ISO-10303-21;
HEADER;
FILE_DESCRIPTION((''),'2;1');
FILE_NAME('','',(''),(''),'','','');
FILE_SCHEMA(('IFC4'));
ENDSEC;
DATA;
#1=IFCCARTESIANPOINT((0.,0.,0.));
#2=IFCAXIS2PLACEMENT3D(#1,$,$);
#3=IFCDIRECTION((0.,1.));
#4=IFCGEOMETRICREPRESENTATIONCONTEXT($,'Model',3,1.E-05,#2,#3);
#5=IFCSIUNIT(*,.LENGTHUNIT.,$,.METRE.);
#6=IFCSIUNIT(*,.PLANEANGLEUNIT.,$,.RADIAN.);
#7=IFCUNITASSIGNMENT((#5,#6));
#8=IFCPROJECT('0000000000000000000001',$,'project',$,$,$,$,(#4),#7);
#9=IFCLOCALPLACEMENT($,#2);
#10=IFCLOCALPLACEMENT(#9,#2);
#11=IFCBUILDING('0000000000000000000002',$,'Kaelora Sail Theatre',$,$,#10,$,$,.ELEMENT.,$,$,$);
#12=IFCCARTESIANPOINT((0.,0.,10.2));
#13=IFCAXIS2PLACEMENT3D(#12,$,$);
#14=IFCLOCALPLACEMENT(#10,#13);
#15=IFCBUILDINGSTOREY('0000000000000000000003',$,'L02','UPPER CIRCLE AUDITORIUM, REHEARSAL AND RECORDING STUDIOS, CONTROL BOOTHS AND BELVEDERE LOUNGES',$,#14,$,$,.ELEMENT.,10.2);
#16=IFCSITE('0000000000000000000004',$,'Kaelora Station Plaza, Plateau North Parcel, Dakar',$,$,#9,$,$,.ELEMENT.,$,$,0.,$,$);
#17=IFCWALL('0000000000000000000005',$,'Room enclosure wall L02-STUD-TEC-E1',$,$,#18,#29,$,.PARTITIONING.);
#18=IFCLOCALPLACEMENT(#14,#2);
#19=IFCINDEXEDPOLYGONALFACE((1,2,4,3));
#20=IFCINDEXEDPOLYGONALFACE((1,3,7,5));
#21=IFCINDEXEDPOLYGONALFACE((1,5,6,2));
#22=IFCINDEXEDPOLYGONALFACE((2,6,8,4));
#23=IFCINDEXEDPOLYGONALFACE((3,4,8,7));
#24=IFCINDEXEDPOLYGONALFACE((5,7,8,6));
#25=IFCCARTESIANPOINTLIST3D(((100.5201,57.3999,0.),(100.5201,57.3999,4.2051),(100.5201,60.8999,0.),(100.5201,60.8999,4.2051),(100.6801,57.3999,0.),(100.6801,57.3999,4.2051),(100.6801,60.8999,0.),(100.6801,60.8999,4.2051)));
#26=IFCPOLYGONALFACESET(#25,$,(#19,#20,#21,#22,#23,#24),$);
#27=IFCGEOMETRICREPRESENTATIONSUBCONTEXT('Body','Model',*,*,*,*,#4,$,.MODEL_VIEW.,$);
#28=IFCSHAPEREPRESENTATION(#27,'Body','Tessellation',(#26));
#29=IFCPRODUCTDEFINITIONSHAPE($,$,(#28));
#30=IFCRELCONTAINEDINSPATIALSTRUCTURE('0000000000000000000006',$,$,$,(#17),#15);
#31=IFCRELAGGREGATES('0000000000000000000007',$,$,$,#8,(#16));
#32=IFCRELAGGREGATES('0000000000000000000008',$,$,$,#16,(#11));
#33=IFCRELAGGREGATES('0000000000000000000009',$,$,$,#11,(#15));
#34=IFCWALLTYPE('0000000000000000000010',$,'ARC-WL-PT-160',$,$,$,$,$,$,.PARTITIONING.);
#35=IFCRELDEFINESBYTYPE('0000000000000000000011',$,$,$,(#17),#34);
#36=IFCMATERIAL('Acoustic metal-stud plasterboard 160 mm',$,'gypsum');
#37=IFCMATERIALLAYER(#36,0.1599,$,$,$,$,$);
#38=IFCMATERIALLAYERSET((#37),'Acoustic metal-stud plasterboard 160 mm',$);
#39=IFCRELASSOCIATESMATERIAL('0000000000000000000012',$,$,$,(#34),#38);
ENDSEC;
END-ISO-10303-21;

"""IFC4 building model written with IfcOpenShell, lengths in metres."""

from ifc_helpers import new_model, si_unit, direction, frame, frame_2d, origin, place, context, subcontext, project, spatial, rectangle, extrude, material, layer, layer_set, type_object, element, save


model = new_model("IFC4")

# Units and contexts
model_context = context("Model", 3, precision=1e-05, world=origin(), true_north=direction((0.0, 1.0)))
body_context = subcontext(model_context, "Body", "Model", "MODEL_VIEW")
ifc_project = project(units=[si_unit("LENGTHUNIT", "METRE"), si_unit("PLANEANGLEUNIT", "RADIAN")], contexts=[model_context])

# Site, building, storey
site_placement = place(None, origin())
site = spatial("IfcSite", under=ifc_project, at=site_placement, Name="Kaelora Station Plaza, Plateau North Parcel, Dakar", CompositionType="ELEMENT", RefElevation=0.0)
building_placement = place(site_placement, origin())
building = spatial("IfcBuilding", under=site, at=building_placement, Name="Kaelora Sail Theatre", CompositionType="ELEMENT")
storey_placement = place(building_placement, frame((0.0, 0.0, 10.2)))
storey = spatial("IfcBuildingStorey", under=building, at=storey_placement, Name="L02", Description="UPPER CIRCLE AUDITORIUM, REHEARSAL AND RECORDING STUDIOS, CONTROL BOOTHS AND BELVEDERE LOUNGES", CompositionType="ELEMENT", Elevation=10.2)

# Wall
ifc_material_1 = material(Name="Acoustic metal-stud plasterboard 160 mm", Category="gypsum")
ifc_layer_1 = layer(ifc_material_1, 0.1599)
ifc_layer_set_1 = layer_set([ifc_layer_1], Name="Acoustic metal-stud plasterboard 160 mm")
wall_type_1 = type_object("IfcWallType", Name="ARC-WL-PT-160", PredefinedType="PARTITIONING", material=ifc_layer_set_1)
wall_1_placement = place(storey_placement, frame((100.6001, 57.3999, 0.0), z_axis=(0.0, 0.0, 1.0), x_axis=(0.0, 1.0, 0.0)))
element("IfcWall", 1, at=wall_1_placement, inside=storey, type_object=wall_type_1, Name="Room enclosure wall L02-STUD-TEC-E1", PredefinedType="PARTITIONING", context=body_context, shape_type="SweptSolid", body=[
    extrude(rectangle(XDim=3.5, YDim=0.1599, at=frame_2d((1.75, 0.0))), origin(), (0.0, 0.0, 1.0), 4.2051),
])

save(model, "model.ifc")
